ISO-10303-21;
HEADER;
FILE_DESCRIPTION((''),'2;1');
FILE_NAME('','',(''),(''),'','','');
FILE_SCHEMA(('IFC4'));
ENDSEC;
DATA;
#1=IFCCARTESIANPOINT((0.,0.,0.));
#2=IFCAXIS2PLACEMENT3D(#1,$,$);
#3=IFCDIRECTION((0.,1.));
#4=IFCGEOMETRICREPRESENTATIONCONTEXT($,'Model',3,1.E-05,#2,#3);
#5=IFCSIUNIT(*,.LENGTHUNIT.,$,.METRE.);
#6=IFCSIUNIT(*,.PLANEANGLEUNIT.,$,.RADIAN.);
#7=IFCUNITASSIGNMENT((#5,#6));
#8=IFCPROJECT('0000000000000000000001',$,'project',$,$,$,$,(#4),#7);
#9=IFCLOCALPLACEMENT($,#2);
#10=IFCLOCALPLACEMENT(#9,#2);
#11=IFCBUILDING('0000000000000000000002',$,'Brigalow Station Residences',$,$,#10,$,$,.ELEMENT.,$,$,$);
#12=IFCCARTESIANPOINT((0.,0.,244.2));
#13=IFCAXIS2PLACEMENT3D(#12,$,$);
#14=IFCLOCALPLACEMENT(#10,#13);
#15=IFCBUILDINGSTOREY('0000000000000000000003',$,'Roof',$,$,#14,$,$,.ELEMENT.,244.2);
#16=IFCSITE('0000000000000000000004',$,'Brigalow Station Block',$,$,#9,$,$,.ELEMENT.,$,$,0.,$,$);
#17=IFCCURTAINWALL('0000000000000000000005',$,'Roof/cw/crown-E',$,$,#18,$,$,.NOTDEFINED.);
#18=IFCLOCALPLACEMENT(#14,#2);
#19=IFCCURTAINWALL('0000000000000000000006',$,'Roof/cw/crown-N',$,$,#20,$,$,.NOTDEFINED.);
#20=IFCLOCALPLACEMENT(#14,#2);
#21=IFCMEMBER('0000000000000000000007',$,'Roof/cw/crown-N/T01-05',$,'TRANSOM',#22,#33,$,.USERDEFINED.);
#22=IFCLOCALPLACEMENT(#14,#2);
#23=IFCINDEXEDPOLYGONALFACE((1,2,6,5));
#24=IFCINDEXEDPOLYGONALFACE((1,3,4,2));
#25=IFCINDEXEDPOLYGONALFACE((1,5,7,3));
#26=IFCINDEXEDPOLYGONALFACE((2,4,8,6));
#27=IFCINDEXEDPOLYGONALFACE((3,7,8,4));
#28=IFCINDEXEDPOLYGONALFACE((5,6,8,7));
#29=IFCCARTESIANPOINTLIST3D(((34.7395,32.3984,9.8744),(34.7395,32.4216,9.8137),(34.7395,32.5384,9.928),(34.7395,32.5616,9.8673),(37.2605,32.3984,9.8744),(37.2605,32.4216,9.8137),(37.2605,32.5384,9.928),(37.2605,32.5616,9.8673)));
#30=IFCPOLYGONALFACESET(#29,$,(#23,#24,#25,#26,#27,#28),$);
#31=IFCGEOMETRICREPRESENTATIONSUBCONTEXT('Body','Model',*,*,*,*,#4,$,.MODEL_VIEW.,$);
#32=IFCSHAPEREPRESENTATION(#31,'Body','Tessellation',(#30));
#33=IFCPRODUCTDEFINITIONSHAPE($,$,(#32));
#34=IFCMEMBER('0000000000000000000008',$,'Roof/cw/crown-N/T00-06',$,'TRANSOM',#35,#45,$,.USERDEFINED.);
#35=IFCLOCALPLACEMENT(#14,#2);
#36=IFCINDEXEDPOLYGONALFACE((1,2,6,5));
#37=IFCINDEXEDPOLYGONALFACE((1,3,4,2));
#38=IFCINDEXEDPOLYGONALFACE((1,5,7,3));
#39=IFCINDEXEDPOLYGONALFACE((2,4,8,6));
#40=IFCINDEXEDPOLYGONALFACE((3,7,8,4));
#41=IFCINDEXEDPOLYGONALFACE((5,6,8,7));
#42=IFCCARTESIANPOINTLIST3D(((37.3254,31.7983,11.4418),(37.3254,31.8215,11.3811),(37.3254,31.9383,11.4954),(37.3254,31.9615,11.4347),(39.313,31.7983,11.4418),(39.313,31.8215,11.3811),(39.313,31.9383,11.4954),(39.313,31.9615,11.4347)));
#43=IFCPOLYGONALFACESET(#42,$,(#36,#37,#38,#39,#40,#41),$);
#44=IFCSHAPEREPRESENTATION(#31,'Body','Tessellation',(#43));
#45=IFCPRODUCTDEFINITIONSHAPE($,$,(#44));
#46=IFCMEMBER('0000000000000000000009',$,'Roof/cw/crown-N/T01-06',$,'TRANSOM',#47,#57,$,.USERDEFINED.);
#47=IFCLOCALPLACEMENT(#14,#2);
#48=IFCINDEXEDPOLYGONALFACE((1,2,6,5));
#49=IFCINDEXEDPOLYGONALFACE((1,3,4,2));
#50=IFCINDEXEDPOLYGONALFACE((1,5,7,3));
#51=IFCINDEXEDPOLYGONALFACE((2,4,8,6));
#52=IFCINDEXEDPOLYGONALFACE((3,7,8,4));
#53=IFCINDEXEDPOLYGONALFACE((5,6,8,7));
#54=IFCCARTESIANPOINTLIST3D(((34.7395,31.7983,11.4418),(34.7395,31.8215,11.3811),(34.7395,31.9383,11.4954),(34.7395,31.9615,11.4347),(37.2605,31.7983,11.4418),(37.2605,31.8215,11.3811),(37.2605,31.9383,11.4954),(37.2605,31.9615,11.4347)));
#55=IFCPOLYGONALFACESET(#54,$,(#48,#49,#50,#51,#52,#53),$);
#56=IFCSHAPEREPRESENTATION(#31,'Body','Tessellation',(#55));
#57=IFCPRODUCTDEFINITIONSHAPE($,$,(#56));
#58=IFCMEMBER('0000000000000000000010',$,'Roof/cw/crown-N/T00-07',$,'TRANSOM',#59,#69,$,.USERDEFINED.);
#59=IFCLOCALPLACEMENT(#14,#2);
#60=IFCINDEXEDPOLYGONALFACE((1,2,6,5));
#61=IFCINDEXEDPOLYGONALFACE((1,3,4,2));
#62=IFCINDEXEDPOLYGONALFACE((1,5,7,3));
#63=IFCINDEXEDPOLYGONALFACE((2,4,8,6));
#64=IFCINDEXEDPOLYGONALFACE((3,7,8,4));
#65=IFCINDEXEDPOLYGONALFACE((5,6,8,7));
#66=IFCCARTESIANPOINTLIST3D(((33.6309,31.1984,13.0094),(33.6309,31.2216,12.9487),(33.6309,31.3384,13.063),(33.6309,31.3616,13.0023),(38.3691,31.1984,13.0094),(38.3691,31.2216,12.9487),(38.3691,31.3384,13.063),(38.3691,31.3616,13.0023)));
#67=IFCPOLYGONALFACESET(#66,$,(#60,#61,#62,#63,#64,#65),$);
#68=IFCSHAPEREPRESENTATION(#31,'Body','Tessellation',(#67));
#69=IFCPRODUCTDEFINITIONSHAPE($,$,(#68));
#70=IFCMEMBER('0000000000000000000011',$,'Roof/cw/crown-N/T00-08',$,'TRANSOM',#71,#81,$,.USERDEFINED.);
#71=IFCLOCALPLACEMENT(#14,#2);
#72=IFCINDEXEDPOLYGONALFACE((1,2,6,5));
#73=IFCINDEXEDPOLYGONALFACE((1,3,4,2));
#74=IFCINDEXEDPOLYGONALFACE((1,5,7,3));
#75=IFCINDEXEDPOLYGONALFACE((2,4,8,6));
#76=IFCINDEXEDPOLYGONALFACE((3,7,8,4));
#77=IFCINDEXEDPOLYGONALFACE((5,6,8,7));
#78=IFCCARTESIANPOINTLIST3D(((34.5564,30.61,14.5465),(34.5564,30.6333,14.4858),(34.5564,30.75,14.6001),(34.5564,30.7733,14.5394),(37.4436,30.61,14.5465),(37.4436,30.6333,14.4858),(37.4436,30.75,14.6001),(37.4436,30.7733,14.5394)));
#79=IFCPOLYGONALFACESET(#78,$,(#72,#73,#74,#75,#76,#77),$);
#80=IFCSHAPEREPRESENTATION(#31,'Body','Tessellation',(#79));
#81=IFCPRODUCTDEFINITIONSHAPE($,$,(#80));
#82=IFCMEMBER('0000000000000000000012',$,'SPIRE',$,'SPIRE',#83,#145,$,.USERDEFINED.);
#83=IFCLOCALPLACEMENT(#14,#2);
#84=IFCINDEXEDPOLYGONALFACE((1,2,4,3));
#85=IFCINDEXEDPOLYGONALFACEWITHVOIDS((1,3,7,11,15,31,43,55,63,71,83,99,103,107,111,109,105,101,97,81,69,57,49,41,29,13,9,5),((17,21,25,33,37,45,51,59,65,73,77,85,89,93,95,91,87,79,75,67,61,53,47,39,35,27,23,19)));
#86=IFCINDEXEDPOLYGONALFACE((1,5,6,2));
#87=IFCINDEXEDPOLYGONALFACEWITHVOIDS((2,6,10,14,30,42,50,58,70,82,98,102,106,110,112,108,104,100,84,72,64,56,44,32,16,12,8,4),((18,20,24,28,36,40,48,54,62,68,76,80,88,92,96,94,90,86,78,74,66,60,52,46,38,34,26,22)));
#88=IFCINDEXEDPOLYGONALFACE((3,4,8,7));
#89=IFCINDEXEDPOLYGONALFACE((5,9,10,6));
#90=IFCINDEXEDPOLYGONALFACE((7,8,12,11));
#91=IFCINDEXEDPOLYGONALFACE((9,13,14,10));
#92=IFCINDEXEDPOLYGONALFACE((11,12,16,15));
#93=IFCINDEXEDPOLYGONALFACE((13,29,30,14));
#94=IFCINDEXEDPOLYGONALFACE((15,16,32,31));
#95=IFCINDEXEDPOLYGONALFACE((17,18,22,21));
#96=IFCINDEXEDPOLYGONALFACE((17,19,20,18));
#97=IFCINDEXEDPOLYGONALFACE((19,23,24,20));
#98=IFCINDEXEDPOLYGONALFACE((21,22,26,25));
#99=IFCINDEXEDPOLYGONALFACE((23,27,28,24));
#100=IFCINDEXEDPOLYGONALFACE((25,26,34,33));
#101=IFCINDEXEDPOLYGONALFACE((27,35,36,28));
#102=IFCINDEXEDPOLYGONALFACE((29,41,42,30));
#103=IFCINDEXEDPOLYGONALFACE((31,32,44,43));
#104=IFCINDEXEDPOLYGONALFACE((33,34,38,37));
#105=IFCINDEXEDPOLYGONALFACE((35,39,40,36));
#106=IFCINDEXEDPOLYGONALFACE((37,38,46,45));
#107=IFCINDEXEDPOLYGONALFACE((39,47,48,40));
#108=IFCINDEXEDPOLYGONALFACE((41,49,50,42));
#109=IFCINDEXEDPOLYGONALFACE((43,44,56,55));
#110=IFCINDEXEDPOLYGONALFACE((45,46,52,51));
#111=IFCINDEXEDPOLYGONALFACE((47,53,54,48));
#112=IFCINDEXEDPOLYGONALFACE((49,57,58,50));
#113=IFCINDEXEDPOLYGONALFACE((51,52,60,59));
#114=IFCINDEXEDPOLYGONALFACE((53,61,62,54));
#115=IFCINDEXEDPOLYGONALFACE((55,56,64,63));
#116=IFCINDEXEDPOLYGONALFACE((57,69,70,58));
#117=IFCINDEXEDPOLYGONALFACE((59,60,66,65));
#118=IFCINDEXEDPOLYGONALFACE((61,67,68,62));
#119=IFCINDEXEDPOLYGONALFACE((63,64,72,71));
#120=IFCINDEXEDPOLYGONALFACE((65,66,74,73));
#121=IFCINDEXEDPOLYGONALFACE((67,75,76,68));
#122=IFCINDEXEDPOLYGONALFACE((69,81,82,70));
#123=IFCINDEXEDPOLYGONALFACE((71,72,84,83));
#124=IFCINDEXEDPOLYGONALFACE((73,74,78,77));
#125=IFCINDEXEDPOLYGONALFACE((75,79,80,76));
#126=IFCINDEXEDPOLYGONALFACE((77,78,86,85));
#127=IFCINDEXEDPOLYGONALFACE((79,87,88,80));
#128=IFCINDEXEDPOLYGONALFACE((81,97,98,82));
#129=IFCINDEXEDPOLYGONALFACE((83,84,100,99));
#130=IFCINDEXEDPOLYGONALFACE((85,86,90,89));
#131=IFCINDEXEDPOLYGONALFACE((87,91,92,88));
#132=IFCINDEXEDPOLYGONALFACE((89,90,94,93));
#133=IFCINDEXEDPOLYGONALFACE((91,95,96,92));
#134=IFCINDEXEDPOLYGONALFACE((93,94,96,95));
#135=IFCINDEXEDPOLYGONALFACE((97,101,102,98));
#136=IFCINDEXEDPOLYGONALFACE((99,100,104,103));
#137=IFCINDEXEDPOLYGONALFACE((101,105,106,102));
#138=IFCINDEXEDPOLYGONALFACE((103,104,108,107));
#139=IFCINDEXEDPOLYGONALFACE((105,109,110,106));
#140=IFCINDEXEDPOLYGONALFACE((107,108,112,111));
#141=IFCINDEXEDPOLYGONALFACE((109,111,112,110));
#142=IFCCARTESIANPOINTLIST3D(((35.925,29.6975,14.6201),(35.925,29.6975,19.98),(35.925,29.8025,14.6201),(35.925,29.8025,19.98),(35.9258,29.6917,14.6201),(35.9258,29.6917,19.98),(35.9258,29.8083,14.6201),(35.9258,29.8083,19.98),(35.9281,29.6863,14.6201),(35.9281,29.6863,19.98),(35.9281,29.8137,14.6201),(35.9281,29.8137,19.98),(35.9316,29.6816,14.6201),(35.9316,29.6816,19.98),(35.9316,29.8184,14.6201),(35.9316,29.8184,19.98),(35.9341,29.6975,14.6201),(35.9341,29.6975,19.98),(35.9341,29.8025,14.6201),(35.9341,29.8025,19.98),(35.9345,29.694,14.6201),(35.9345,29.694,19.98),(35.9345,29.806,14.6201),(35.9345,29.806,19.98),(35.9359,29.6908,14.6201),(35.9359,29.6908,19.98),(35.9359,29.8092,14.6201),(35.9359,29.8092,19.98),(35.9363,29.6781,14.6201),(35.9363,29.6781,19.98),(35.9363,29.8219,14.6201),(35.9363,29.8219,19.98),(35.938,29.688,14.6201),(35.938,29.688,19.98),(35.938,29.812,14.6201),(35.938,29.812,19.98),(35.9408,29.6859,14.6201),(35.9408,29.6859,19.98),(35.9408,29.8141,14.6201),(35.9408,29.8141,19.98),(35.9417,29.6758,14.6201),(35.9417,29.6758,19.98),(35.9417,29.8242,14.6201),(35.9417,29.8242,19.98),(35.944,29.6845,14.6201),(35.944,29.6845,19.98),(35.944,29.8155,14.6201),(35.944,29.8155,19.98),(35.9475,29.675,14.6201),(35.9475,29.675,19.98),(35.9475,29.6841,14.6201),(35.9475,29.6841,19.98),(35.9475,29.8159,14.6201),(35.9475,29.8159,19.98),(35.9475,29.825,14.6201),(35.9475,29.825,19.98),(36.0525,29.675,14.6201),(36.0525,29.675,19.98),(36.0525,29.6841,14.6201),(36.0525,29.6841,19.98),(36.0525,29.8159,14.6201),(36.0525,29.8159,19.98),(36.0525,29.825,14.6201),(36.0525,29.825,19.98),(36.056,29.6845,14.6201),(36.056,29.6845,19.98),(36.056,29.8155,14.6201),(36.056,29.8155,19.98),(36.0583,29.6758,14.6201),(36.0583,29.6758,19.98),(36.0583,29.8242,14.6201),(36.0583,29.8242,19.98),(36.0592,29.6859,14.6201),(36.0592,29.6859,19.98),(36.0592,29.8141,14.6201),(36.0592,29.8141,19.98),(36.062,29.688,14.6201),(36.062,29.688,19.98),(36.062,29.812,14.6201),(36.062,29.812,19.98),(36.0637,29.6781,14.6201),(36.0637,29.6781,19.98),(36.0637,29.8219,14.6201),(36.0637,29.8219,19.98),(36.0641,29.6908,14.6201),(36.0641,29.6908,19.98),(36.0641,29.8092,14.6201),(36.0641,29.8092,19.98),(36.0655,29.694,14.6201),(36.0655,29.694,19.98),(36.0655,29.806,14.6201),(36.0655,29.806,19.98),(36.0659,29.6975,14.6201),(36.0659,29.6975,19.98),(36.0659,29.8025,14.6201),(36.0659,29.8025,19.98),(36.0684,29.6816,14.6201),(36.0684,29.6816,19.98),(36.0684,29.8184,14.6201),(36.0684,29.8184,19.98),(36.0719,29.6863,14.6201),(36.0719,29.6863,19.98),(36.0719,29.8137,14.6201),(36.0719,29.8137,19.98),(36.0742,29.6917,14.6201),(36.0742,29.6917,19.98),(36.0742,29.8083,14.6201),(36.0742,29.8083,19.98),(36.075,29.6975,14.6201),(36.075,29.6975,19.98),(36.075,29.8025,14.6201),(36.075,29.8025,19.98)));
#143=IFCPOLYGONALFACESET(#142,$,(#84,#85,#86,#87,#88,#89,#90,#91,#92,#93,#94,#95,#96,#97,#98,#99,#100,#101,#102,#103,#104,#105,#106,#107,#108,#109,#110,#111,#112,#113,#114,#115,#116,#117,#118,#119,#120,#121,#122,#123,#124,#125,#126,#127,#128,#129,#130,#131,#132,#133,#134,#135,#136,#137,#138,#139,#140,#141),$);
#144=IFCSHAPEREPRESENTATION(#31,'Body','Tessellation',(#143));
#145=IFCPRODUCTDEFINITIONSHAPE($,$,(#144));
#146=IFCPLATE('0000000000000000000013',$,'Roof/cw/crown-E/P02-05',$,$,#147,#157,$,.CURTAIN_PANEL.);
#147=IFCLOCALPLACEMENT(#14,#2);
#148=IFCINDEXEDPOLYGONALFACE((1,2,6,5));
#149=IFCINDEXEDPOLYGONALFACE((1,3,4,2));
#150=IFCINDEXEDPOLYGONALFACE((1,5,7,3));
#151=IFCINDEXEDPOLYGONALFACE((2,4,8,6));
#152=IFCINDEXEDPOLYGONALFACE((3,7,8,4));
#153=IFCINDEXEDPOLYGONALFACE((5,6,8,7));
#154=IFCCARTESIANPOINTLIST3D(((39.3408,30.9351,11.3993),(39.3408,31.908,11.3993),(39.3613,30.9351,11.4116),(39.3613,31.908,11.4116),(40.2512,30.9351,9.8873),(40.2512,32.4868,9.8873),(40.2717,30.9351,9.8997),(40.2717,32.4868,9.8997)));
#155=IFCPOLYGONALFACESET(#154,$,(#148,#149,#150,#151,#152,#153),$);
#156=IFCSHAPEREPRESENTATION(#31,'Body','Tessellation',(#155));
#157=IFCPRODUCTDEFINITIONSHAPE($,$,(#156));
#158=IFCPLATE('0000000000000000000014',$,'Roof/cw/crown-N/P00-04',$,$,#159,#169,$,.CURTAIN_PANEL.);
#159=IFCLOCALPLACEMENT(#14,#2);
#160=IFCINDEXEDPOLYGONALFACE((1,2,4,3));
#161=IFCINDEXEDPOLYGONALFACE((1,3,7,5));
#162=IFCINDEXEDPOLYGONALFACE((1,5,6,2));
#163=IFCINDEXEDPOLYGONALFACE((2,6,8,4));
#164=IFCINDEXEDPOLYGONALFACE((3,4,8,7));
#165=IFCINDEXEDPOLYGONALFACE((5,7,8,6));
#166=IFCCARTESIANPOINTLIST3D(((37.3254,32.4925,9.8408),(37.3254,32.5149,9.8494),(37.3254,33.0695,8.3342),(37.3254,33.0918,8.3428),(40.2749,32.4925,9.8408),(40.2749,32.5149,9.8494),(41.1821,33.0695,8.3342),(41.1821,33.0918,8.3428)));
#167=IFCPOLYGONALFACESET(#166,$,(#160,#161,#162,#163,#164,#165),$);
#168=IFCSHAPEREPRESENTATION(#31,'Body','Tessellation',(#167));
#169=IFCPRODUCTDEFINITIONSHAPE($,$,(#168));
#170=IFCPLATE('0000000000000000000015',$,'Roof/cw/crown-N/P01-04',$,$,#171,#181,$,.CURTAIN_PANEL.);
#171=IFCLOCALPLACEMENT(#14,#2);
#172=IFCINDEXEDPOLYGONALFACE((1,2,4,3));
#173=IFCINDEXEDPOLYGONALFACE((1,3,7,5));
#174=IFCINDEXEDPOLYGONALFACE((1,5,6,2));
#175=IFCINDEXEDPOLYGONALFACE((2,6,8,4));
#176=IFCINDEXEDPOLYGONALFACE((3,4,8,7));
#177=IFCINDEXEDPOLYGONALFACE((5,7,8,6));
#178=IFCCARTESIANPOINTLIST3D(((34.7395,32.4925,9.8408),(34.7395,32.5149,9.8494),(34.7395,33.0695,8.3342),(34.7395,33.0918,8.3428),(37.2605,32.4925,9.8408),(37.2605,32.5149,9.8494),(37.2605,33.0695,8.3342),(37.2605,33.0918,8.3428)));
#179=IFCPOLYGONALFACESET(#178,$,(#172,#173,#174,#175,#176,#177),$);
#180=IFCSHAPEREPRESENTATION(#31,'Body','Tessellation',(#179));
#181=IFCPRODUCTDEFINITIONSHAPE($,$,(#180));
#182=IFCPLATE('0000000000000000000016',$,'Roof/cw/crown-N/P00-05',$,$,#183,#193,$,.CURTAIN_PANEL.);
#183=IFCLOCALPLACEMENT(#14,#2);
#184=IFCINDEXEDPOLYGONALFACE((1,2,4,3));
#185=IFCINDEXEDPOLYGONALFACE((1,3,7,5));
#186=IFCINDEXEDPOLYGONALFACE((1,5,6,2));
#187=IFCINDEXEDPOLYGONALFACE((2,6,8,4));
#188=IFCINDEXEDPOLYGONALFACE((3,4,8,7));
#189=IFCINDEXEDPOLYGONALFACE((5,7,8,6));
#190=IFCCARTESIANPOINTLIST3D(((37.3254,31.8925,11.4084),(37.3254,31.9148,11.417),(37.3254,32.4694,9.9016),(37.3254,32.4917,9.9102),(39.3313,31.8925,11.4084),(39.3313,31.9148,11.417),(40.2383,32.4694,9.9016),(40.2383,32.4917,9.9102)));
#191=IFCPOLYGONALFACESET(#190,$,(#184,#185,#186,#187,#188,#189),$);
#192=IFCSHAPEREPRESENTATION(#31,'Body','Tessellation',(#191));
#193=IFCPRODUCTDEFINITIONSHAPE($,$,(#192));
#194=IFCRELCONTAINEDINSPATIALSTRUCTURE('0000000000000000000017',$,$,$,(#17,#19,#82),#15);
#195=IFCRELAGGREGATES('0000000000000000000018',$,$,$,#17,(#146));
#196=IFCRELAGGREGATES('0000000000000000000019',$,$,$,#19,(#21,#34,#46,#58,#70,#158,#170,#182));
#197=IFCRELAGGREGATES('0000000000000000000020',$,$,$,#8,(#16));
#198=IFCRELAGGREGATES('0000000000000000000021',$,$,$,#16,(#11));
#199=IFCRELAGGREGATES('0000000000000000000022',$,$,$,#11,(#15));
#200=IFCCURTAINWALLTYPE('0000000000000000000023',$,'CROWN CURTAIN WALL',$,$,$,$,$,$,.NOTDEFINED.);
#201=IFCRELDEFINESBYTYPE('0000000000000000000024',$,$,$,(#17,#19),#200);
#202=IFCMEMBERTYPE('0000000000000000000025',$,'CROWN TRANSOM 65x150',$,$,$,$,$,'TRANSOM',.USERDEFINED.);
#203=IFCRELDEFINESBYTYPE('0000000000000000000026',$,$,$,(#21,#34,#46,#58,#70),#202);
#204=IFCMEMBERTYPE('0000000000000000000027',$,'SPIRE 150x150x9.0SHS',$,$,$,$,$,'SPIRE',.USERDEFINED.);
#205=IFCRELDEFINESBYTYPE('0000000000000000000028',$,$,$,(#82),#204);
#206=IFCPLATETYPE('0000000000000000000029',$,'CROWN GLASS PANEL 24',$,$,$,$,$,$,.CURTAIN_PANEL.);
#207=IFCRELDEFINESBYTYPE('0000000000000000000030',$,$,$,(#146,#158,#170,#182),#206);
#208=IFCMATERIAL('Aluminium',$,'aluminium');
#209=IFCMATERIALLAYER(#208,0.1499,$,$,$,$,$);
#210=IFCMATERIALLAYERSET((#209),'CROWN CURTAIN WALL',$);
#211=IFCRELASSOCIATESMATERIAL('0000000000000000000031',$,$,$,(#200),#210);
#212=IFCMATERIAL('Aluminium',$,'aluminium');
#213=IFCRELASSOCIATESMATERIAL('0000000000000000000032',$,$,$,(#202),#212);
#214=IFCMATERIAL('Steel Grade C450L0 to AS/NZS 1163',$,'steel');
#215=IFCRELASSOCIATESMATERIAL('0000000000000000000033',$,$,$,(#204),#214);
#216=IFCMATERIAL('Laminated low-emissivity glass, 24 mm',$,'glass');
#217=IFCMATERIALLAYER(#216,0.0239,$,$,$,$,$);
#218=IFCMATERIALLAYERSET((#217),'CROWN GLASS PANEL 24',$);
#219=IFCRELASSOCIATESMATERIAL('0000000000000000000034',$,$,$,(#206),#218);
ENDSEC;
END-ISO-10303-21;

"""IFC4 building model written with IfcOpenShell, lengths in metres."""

from ifc_helpers import new_model, si_unit, direction, frame, origin, origin_2d, place, context, subcontext, project, spatial, polyline, rectangle, hollow_rectangle, outline, extrude, material, layer, layer_set, material_profile, profile_set, type_object, element, aggregate, save


model = new_model("IFC4")

# Units and contexts
model_context = context("Model", 3, precision=1e-05, world=origin(), true_north=direction((0.0, 1.0)))
body_context = subcontext(model_context, "Body", "Model", "MODEL_VIEW")
ifc_project = project(units=[si_unit("LENGTHUNIT", "METRE"), si_unit("PLANEANGLEUNIT", "RADIAN")], contexts=[model_context])

# Site, building, storey
site_placement = place(None, origin())
site = spatial("IfcSite", under=ifc_project, at=site_placement, Name="Brigalow Station Block", CompositionType="ELEMENT", RefElevation=0.0)
building_placement = place(site_placement, origin())
building = spatial("IfcBuilding", under=site, at=building_placement, Name="Brigalow Station Residences", CompositionType="ELEMENT")
storey_placement = place(building_placement, frame((0.0, 0.0, 244.2)))
storey = spatial("IfcBuildingStorey", under=building, at=storey_placement, Name="Roof", CompositionType="ELEMENT", Elevation=244.2)

# Curtain wall
ifc_material_1 = material(Name="Aluminium", Category="aluminium")
ifc_layer_1 = layer(ifc_material_1, 0.1499)
ifc_layer_set_1 = layer_set([ifc_layer_1], Name="CROWN CURTAIN WALL")
curtain_wall_type = type_object("IfcCurtainWallType", Name="CROWN CURTAIN WALL", PredefinedType="NOTDEFINED", material=ifc_layer_set_1)
curtain_wall_1_placement = place(storey_placement, origin())
curtain_wall_1 = element("IfcCurtainWall", 1, at=curtain_wall_1_placement, inside=storey, type_object=curtain_wall_type, Name="Roof/cw/crown-E", PredefinedType="NOTDEFINED")
ifc_material_2 = material(Name="Aluminium", Category="aluminium")
ifc_material_profile_1 = material_profile(ifc_material_2, rectangle(XDim=0.0649, YDim=0.1499, at=origin_2d()), Name="CROWN TRANSOM 65x150")
ifc_profile_set_1 = profile_set([ifc_material_profile_1], Name="Aluminium")
member_type_1 = type_object("IfcMemberType", Name="CROWN TRANSOM 65x150", ElementType="TRANSOM", PredefinedType="USERDEFINED", material=ifc_profile_set_1)

# Curtain wall, members
curtain_wall_2_placement = place(storey_placement, origin())
curtain_wall_2 = element("IfcCurtainWall", 2, at=curtain_wall_2_placement, inside=storey, type_object=curtain_wall_type, Name="Roof/cw/crown-N", PredefinedType="NOTDEFINED")
member_1_placement = place(storey_placement, frame((37.2605, 32.48, 9.8708), z_axis=(-1.0, 0.0, 0.0), x_axis=(0.0, -0.357491, 0.933917)))
member_1 = element("IfcMember", 3, at=member_1_placement, type_object=member_type_1, Name="Roof/cw/crown-N/T01-05", ObjectType="TRANSOM", PredefinedType="USERDEFINED", context=body_context, shape_type="SweptSolid", body=[
    extrude(rectangle(XDim=0.0649, YDim=0.1499, at=origin_2d()), origin(), (0.0, 0.0, 1.0), 2.521),
])
member_2_placement = place(storey_placement, frame((39.313, 31.8799, 11.4382), z_axis=(-1.0, 0.0, 0.0), x_axis=(0.0, -0.357491, 0.933917)))
member_2 = element("IfcMember", 4, at=member_2_placement, type_object=member_type_1, Name="Roof/cw/crown-N/T00-06", ObjectType="TRANSOM", PredefinedType="USERDEFINED", context=body_context, shape_type="SweptSolid", body=[
    extrude(rectangle(XDim=0.0649, YDim=0.1499, at=origin_2d()), origin(), (0.0, 0.0, 1.0), 1.9875),
])
member_3_placement = place(storey_placement, frame((37.2605, 31.8799, 11.4382), z_axis=(-1.0, 0.0, 0.0), x_axis=(0.0, -0.357491, 0.933917)))
member_3 = element("IfcMember", 5, at=member_3_placement, type_object=member_type_1, Name="Roof/cw/crown-N/T01-06", ObjectType="TRANSOM", PredefinedType="USERDEFINED", context=body_context, shape_type="SweptSolid", body=[
    extrude(rectangle(XDim=0.0649, YDim=0.1499, at=origin_2d()), origin(), (0.0, 0.0, 1.0), 2.521),
])
member_4_placement = place(storey_placement, frame((38.3691, 31.28, 13.0059), z_axis=(-1.0, 0.0, 0.0), x_axis=(0.0, -0.357491, 0.933917)))
member_4 = element("IfcMember", 6, at=member_4_placement, type_object=member_type_1, Name="Roof/cw/crown-N/T00-07", ObjectType="TRANSOM", PredefinedType="USERDEFINED", context=body_context, shape_type="SweptSolid", body=[
    extrude(rectangle(XDim=0.0649, YDim=0.1499, at=origin_2d()), origin(), (0.0, 0.0, 1.0), 4.7383),
])
member_5_placement = place(storey_placement, frame((37.4436, 30.6917, 14.543), z_axis=(-1.0, 0.0, 0.0), x_axis=(0.0, -0.357491, 0.933917)))
member_5 = element("IfcMember", 7, at=member_5_placement, type_object=member_type_1, Name="Roof/cw/crown-N/T00-08", ObjectType="TRANSOM", PredefinedType="USERDEFINED", context=body_context, shape_type="SweptSolid", body=[
    extrude(rectangle(XDim=0.0649, YDim=0.1499, at=origin_2d()), origin(), (0.0, 0.0, 1.0), 2.8872),
])

# Member
ifc_material_3 = material(Name="Steel Grade C450L0 to AS/NZS 1163", Category="steel")
ifc_material_profile_2 = material_profile(ifc_material_3, hollow_rectangle(XDim=0.1499, YDim=0.1499, WallThickness=0.009, InnerFilletRadius=0.0134, OuterFilletRadius=0.0225, at=origin_2d()), Name="150x150x9.0SHS")
ifc_profile_set_2 = profile_set([ifc_material_profile_2], Name="Steel Grade C450L0 to AS/NZS 1163")
member_type_2 = type_object("IfcMemberType", Name="SPIRE 150x150x9.0SHS", ElementType="SPIRE", PredefinedType="USERDEFINED", material=ifc_profile_set_2)
member_6_placement = place(storey_placement, frame((36.0, 29.75, 14.6201), z_axis=(0.0, 0.0, 1.0), x_axis=(1.0, 0.0, 0.0)))
element("IfcMember", 8, at=member_6_placement, inside=storey, type_object=member_type_2, Name="SPIRE", ObjectType="SPIRE", PredefinedType="USERDEFINED", context=body_context, shape_type="SweptSolid", body=[
    extrude(hollow_rectangle(XDim=0.1499, YDim=0.1499, WallThickness=0.009, InnerFilletRadius=0.0134, OuterFilletRadius=0.0225, at=origin_2d()), origin(), (0.0, 0.0, 1.0), 5.3599),
])

# Plates
ifc_material_4 = material(Name="Laminated low-emissivity glass, 24 mm", Category="glass")
ifc_layer_2 = layer(ifc_material_4, 0.0239)
ifc_layer_set_2 = layer_set([ifc_layer_2], Name="CROWN GLASS PANEL 24")
plate_type_1 = type_object("IfcPlateType", Name="CROWN GLASS PANEL 24", PredefinedType="CURTAIN_PANEL", material=ifc_layer_set_2)
plate_1_placement = place(storey_placement, frame((40.2717, 30.9351, 9.8997), z_axis=(0.856686, 0.0, 0.515838), x_axis=(0.0, 1.0, 0.0)))
plate_1 = element("IfcPlate", 9, at=plate_1_placement, type_object=plate_type_1, Name="Roof/cw/crown-E/P02-05", PredefinedType="CURTAIN_PANEL", context=body_context, shape_type="SweptSolid", body=[
    extrude(outline(polyline([(0.0, 0.0), (1.5518, 0.0), (0.9729, 1.7649), (0.0, 1.7649), (0.0, 0.0)])), origin(), (0.0, 0.0, -1.0), 0.0239),
])
aggregate(curtain_wall_1, [plate_1])
plate_2_placement = place(storey_placement, frame((41.1821, 33.0918, 8.3428), z_axis=(0.0, 0.933875, 0.3576), x_axis=(-1.0, 0.0, 0.0)))
plate_2 = element("IfcPlate", 10, at=plate_2_placement, type_object=plate_type_1, Name="Roof/cw/crown-N/P00-04", PredefinedType="CURTAIN_PANEL", context=body_context, shape_type="SweptSolid", body=[
    extrude(outline(polyline([(0.0, 0.0), (3.8567, 0.0), (3.8567, 1.6133), (0.9072, 1.6133), (0.0, 0.0)])), origin(), (0.0, 0.0, -1.0), 0.0239),
])
plate_3_placement = place(storey_placement, frame((37.2605, 33.0918, 8.3428), z_axis=(0.0, 0.933875, 0.3576), x_axis=(-1.0, 0.0, 0.0)))
plate_3 = element("IfcPlate", 11, at=plate_3_placement, type_object=plate_type_1, Name="Roof/cw/crown-N/P01-04", PredefinedType="CURTAIN_PANEL", context=body_context, shape_type="SweptSolid", body=[
    extrude(outline(polyline([(0.0, 0.0), (2.521, 0.0), (2.521, 1.6133), (0.0, 1.6133), (0.0, 0.0)])), origin(), (0.0, 0.0, -1.0), 0.0239),
])
plate_4_placement = place(storey_placement, frame((40.2383, 32.4917, 9.9102), z_axis=(0.0, 0.933894, 0.357549), x_axis=(-1.0, 0.0, 0.0)))
plate_4 = element("IfcPlate", 12, at=plate_4_placement, type_object=plate_type_1, Name="Roof/cw/crown-N/P00-05", PredefinedType="CURTAIN_PANEL", context=body_context, shape_type="SweptSolid", body=[
    extrude(outline(polyline([(0.0, 0.0), (2.9128, 0.0), (2.9128, 1.6135), (0.907, 1.6135), (0.0, 0.0)])), origin(), (0.0, 0.0, -1.0), 0.0239),
])
aggregate(curtain_wall_2, [member_1, member_2, member_3, member_4, member_5, plate_2, plate_3, plate_4])

save(model, "model.ifc")
